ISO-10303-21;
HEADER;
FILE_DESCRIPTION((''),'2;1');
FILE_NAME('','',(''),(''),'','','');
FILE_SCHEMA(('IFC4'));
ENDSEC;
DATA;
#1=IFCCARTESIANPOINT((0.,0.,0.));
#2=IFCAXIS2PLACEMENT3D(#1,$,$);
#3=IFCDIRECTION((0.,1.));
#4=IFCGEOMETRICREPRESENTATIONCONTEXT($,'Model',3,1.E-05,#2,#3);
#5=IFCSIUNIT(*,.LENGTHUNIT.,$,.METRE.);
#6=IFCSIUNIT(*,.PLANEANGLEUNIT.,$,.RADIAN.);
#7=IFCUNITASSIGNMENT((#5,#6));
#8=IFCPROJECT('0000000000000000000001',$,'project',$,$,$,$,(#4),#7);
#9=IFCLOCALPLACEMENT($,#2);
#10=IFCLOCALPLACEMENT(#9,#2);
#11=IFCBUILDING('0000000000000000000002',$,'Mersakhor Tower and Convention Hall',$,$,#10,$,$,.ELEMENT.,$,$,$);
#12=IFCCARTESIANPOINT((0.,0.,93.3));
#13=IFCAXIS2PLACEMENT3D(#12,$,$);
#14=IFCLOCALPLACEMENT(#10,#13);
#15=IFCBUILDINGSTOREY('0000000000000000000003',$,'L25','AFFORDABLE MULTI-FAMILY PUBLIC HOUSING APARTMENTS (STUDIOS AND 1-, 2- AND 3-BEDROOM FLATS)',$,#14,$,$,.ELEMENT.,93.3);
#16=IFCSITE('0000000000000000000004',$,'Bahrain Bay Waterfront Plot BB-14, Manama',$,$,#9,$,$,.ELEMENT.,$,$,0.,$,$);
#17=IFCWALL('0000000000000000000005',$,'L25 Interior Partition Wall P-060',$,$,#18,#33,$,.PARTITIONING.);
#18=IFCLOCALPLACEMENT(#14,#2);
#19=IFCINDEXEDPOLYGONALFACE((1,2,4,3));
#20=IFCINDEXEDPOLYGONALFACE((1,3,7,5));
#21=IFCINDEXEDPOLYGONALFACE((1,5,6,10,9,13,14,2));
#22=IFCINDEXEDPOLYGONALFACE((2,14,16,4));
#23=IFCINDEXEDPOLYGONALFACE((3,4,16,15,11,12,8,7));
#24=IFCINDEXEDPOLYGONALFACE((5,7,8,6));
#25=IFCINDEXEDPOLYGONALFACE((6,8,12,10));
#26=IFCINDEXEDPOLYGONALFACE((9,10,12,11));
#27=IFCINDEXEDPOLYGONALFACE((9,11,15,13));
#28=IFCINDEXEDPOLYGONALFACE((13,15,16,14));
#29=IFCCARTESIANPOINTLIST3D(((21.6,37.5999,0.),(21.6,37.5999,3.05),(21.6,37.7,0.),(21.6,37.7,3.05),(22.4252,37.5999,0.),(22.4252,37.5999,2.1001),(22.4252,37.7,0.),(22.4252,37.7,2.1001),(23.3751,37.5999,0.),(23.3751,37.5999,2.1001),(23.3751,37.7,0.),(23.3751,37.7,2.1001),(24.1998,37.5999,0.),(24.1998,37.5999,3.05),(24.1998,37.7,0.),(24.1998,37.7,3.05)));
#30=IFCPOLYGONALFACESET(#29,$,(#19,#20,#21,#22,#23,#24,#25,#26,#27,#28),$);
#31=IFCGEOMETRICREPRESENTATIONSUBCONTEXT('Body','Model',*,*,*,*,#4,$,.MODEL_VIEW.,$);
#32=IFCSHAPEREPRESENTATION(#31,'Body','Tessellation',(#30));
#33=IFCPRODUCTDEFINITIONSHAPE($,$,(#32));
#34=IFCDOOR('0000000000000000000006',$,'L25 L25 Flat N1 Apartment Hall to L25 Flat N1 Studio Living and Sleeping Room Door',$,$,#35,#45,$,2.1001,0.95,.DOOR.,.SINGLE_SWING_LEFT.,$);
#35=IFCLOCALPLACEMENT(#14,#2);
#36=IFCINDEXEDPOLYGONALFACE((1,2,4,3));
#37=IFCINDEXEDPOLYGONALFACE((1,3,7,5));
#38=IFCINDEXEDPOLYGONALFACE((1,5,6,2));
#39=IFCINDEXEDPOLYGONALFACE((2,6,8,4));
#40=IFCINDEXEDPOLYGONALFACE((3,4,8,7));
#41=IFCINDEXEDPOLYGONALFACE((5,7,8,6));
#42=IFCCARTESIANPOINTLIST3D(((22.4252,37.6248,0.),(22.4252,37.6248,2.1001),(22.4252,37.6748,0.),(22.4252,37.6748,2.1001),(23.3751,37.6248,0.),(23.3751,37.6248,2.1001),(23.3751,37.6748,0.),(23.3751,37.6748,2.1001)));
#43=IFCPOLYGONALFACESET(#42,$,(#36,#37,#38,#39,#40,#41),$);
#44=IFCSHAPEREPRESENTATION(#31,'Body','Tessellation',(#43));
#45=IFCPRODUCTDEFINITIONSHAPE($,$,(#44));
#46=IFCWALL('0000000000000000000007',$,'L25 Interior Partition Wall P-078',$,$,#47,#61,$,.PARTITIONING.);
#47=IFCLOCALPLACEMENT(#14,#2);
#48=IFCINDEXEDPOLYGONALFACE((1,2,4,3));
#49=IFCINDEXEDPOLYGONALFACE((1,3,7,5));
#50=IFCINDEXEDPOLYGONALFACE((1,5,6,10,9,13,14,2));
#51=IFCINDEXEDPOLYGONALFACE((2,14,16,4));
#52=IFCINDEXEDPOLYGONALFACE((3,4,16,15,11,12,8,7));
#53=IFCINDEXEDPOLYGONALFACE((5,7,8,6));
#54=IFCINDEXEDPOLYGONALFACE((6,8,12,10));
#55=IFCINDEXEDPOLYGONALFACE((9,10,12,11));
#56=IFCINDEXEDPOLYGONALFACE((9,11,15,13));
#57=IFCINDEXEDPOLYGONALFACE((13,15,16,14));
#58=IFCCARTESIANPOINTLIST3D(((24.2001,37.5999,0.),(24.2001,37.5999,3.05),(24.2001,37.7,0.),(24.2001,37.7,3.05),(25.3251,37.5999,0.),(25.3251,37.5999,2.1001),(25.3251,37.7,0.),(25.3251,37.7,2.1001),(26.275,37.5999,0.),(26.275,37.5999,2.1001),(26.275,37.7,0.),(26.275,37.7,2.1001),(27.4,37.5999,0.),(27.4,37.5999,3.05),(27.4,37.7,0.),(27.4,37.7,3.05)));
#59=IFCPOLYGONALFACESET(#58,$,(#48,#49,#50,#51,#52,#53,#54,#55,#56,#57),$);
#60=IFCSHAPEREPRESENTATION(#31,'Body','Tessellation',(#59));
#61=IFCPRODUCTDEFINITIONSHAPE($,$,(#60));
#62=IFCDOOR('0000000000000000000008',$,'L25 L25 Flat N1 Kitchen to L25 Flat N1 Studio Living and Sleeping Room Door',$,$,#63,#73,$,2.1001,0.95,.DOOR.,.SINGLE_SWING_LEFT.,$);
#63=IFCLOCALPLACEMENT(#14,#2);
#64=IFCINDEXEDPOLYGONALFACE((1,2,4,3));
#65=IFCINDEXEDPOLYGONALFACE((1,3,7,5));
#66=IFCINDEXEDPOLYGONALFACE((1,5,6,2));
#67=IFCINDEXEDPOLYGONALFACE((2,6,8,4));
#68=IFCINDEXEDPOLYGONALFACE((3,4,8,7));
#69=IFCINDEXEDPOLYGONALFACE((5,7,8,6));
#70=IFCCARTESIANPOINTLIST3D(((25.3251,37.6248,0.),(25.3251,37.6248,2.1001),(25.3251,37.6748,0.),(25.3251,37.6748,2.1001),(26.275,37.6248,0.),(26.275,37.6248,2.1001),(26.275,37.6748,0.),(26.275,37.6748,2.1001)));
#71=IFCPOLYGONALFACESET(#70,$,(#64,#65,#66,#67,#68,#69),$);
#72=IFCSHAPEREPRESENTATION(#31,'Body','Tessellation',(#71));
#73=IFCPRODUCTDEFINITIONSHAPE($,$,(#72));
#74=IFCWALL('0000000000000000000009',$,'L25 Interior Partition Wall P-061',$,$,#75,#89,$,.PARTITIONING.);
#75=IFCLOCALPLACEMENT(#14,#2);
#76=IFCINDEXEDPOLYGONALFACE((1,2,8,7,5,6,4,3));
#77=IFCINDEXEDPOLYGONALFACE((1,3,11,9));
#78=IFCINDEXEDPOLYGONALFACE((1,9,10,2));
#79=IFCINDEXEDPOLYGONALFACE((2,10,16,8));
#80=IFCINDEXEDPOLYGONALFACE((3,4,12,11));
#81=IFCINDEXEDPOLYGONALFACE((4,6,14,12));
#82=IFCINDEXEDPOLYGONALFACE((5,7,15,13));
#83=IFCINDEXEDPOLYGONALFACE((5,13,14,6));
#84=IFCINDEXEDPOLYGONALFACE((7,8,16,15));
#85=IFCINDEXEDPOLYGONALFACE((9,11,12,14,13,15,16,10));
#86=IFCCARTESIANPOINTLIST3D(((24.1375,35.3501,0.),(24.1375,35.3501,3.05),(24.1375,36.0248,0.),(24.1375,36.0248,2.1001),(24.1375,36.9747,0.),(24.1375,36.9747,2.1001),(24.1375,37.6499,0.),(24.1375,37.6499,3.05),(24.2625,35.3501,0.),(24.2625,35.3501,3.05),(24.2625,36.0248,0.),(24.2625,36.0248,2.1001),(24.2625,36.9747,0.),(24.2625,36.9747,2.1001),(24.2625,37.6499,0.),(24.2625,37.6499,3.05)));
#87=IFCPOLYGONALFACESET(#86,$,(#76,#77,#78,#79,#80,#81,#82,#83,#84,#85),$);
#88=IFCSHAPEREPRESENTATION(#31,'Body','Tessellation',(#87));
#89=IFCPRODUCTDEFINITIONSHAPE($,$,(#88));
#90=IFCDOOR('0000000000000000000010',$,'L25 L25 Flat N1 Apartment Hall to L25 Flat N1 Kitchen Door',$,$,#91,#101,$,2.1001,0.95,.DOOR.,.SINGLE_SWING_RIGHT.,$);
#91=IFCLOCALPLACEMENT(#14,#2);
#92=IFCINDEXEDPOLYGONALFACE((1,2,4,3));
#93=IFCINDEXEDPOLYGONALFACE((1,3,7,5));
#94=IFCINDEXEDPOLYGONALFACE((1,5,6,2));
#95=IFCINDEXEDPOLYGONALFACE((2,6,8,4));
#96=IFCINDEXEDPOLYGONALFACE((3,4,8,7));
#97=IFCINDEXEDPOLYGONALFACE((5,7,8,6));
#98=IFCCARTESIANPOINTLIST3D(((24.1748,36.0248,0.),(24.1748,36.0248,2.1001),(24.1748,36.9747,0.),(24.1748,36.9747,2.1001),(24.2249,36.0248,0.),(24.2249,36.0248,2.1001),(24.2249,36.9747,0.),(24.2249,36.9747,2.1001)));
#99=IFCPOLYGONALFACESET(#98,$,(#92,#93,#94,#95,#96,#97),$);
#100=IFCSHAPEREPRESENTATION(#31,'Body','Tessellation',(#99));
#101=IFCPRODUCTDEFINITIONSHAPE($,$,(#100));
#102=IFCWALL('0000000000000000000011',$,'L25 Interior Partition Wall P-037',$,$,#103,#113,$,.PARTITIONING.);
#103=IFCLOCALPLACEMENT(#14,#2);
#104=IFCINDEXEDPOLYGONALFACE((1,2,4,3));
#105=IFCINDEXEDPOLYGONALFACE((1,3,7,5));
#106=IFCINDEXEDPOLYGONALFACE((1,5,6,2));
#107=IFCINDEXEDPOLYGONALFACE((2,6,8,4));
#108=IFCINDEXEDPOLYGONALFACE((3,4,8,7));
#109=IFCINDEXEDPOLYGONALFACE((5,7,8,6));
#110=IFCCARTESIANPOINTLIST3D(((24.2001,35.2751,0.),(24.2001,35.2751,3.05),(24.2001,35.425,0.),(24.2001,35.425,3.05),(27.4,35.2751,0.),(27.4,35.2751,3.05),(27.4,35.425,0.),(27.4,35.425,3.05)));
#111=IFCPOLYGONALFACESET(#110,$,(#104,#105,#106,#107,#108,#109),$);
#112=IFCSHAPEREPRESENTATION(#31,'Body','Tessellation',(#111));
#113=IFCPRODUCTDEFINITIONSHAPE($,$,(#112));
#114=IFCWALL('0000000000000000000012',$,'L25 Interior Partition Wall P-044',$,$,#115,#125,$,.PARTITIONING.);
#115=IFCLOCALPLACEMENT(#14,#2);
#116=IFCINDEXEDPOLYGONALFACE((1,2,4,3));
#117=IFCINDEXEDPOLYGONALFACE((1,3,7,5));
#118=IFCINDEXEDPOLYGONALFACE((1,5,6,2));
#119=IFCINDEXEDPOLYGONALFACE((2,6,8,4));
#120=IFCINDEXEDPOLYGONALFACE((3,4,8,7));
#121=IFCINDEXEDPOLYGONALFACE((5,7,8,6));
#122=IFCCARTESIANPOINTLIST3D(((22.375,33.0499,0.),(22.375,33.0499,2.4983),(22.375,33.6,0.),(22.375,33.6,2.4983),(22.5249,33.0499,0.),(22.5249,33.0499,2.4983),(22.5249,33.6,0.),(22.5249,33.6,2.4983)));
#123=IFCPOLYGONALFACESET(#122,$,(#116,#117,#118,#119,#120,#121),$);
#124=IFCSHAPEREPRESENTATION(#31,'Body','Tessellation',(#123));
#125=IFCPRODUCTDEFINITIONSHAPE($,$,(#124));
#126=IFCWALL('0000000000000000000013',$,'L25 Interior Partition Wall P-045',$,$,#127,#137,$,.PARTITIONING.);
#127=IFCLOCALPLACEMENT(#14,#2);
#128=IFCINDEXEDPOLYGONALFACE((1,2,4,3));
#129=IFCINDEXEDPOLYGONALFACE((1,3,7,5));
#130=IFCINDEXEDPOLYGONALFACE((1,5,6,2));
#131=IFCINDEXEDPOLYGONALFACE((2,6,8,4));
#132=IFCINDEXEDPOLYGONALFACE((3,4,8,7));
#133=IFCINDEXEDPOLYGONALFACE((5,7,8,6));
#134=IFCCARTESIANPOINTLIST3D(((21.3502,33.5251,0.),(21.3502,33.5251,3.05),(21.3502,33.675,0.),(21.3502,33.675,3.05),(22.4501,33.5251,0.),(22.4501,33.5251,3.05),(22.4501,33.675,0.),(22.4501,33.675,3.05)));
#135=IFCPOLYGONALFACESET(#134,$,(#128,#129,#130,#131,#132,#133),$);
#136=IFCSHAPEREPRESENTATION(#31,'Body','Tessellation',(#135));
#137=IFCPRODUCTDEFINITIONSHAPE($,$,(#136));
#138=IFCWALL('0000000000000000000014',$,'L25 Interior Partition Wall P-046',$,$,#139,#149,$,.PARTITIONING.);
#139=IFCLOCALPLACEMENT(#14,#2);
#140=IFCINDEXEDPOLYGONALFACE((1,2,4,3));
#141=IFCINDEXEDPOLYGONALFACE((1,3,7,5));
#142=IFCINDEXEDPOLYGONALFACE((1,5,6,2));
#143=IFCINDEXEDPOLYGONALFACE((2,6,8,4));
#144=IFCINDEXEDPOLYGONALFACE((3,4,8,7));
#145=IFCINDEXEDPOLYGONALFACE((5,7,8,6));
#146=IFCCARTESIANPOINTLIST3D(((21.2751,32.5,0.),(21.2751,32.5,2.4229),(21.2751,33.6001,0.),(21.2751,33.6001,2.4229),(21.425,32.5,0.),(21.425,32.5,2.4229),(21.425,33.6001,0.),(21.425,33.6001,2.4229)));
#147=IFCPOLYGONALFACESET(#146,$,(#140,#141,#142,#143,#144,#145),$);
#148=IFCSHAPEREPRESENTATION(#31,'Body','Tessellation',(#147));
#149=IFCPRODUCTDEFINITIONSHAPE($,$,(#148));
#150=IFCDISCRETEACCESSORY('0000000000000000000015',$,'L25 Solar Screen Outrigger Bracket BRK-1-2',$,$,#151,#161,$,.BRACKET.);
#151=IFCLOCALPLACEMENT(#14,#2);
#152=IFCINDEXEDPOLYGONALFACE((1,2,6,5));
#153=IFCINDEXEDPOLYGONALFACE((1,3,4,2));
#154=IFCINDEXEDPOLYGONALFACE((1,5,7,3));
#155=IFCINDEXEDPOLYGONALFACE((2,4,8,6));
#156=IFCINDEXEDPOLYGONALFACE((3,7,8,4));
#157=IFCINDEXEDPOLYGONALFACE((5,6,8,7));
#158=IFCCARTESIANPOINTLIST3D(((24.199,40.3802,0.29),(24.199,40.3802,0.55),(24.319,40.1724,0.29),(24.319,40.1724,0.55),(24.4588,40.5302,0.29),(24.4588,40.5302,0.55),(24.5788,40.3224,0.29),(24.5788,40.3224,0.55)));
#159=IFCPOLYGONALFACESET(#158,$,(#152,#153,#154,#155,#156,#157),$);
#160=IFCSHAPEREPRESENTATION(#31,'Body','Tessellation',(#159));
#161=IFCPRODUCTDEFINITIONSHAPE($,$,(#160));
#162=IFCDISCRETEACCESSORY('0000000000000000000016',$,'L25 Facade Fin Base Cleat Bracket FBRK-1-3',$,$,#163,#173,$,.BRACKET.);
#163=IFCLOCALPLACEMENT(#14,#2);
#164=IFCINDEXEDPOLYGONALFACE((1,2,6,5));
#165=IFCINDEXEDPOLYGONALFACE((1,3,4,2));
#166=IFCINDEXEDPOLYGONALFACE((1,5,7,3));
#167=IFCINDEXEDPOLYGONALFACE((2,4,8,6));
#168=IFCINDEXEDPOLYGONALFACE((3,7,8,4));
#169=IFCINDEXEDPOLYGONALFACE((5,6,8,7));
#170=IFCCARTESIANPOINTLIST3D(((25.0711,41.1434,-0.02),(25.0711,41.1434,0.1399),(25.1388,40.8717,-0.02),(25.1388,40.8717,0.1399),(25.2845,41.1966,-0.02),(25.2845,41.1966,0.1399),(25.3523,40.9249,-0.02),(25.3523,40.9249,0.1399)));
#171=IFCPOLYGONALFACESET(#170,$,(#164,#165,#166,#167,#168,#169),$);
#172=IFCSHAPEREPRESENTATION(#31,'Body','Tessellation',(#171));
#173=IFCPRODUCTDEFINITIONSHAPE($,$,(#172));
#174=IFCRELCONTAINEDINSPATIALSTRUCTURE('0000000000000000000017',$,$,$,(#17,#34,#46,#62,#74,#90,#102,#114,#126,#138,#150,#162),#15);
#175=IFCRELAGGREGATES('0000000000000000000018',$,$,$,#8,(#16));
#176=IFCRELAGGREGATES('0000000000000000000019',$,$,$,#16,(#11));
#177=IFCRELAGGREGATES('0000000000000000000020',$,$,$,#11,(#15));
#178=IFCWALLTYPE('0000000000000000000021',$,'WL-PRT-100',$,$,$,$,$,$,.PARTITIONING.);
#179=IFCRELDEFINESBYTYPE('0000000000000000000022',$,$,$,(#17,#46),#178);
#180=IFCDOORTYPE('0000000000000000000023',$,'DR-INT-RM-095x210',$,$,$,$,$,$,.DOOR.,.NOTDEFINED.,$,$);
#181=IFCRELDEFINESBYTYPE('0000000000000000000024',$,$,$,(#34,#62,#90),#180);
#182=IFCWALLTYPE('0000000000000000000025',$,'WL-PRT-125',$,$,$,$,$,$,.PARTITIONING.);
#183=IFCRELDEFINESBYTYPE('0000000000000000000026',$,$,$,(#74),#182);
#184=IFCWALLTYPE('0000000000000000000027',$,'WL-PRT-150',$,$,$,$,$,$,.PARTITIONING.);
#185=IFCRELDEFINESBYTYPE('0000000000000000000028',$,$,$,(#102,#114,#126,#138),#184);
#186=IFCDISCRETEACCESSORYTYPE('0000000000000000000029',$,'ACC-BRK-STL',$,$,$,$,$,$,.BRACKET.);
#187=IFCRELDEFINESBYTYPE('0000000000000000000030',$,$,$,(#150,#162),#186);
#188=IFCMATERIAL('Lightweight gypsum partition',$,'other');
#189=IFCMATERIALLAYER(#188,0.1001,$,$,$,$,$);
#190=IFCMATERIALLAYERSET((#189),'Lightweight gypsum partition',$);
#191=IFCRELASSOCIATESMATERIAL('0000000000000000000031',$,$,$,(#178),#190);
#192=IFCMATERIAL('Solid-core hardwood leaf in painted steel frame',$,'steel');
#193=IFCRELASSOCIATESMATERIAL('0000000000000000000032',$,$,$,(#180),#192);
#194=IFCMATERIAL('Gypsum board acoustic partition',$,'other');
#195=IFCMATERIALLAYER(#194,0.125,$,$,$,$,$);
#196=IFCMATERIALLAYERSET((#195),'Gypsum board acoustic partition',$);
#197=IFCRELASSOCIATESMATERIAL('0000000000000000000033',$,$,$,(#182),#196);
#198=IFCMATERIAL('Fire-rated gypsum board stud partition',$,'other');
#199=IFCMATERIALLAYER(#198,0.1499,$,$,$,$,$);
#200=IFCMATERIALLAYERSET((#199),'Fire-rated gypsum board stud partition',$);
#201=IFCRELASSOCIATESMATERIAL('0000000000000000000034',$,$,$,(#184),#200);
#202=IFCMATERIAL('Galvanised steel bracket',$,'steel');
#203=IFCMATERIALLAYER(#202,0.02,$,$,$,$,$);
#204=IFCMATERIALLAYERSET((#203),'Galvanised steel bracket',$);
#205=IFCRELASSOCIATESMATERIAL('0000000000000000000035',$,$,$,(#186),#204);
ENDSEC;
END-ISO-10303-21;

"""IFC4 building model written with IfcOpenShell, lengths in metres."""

from ifc_helpers import new_model, si_unit, direction, frame, frame_2d, origin, origin_2d, place, context, subcontext, project, spatial, rectangle, extrude, material, layer, layer_set, type_object, element, fill, save


model = new_model("IFC4")

# Units and contexts
model_context = context("Model", 3, precision=1e-05, world=origin(), true_north=direction((0.0, 1.0)))
body_context = subcontext(model_context, "Body", "Model", "MODEL_VIEW")
ifc_project = project(units=[si_unit("LENGTHUNIT", "METRE"), si_unit("PLANEANGLEUNIT", "RADIAN")], contexts=[model_context])

# Site, building, storey
site_placement = place(None, origin())
site = spatial("IfcSite", under=ifc_project, at=site_placement, Name="Bahrain Bay Waterfront Plot BB-14, Manama", CompositionType="ELEMENT", RefElevation=0.0)
building_placement = place(site_placement, origin())
building = spatial("IfcBuilding", under=site, at=building_placement, Name="Mersakhor Tower and Convention Hall", CompositionType="ELEMENT")
storey_placement = place(building_placement, frame((0.0, 0.0, 93.3)))
storey = spatial("IfcBuildingStorey", under=building, at=storey_placement, Name="L25", Description="AFFORDABLE MULTI-FAMILY PUBLIC HOUSING APARTMENTS (STUDIOS AND 1-, 2- AND 3-BEDROOM FLATS)", CompositionType="ELEMENT", Elevation=93.3)

# Walls, openings, doors
ifc_material_1 = material(Name="Lightweight gypsum partition", Category="other")
ifc_layer_1 = layer(ifc_material_1, 0.1001)
ifc_layer_set_1 = layer_set([ifc_layer_1], Name="Lightweight gypsum partition")
wall_type_1 = type_object("IfcWallType", Name="WL-PRT-100", PredefinedType="PARTITIONING", material=ifc_layer_set_1)
wall_1_placement = place(storey_placement, frame((21.6001, 37.6499, 0.0), z_axis=(0.0, 0.0, 1.0), x_axis=(1.0, 0.0, 0.0)))
wall_1 = element("IfcWall", 1, at=wall_1_placement, inside=storey, type_object=wall_type_1, Name="L25 Interior Partition Wall P-060", PredefinedType="PARTITIONING", context=body_context, shape_type="SweptSolid", body=[
    extrude(rectangle(XDim=2.5999, YDim=0.1001, at=frame_2d((1.2998, 0.0))), origin(), (0.0, 0.0, 1.0), 3.05),
])
opening_1_placement = place(wall_1_placement, frame((0.825, 0.0, 0.0)))
opening_1 = element("IfcOpeningElement", 2, at=opening_1_placement, cuts=wall_1, PredefinedType="OPENING", context=body_context, shape_type="SweptSolid", body=[
    extrude(rectangle(XDim=0.95, YDim=2.1001, at=frame_2d((0.4751, 1.05))), frame((0.0, 0.0601, 0.0), z_axis=(0.0, -1.0, 0.0), x_axis=(1.0, 0.0, 0.0)), (0.0, 0.0, 1.0), 0.1201),
])
ifc_material_2 = material(Name="Solid-core hardwood leaf in painted steel frame", Category="steel")
door_type_1 = type_object("IfcDoorType", Name="DR-INT-RM-095x210", OperationType="NOTDEFINED", PredefinedType="DOOR", material=ifc_material_2)
door_1_placement = place(opening_1_placement, origin())
door_1 = element("IfcDoor", 3, at=door_1_placement, inside=storey, type_object=door_type_1, Name="L25 L25 Flat N1 Apartment Hall to L25 Flat N1 Studio Living and Sleeping Room Door", OperationType="SINGLE_SWING_LEFT", OverallHeight=2.1001, OverallWidth=0.95, PredefinedType="DOOR", context=body_context, shape_type="SweptSolid", body=[
    extrude(rectangle(XDim=0.95, YDim=2.1001, at=frame_2d((0.4751, 1.05))), frame((0.0, 0.0249, 0.0), z_axis=(0.0, -1.0, 0.0), x_axis=(1.0, 0.0, 0.0)), (0.0, 0.0, 1.0), 0.05),
])
fill(opening_1, door_1)
wall_2_placement = place(storey_placement, frame((24.2, 37.6499, 0.0), z_axis=(0.0, 0.0, 1.0), x_axis=(1.0, 0.0, 0.0)))
wall_2 = element("IfcWall", 4, at=wall_2_placement, inside=storey, type_object=wall_type_1, Name="L25 Interior Partition Wall P-078", PredefinedType="PARTITIONING", context=body_context, shape_type="SweptSolid", body=[
    extrude(rectangle(XDim=3.2, YDim=0.1001, at=frame_2d((1.6001, 0.0))), origin(), (0.0, 0.0, 1.0), 3.05),
])
opening_2_placement = place(wall_2_placement, frame((1.125, 0.0, 0.0)))
opening_2 = element("IfcOpeningElement", 5, at=opening_2_placement, cuts=wall_2, PredefinedType="OPENING", context=body_context, shape_type="SweptSolid", body=[
    extrude(rectangle(XDim=0.95, YDim=2.1001, at=frame_2d((0.4751, 1.05))), frame((0.0, 0.0601, 0.0), z_axis=(0.0, -1.0, 0.0), x_axis=(1.0, 0.0, 0.0)), (0.0, 0.0, 1.0), 0.1201),
])
door_2_placement = place(opening_2_placement, origin())
door_2 = element("IfcDoor", 6, at=door_2_placement, inside=storey, type_object=door_type_1, Name="L25 L25 Flat N1 Kitchen to L25 Flat N1 Studio Living and Sleeping Room Door", OperationType="SINGLE_SWING_LEFT", OverallHeight=2.1001, OverallWidth=0.95, PredefinedType="DOOR", context=body_context, shape_type="SweptSolid", body=[
    extrude(rectangle(XDim=0.95, YDim=2.1001, at=frame_2d((0.4751, 1.05))), frame((0.0, 0.0249, 0.0), z_axis=(0.0, -1.0, 0.0), x_axis=(1.0, 0.0, 0.0)), (0.0, 0.0, 1.0), 0.05),
])
fill(opening_2, door_2)
ifc_material_3 = material(Name="Gypsum board acoustic partition", Category="other")
ifc_layer_2 = layer(ifc_material_3, 0.125)
ifc_layer_set_2 = layer_set([ifc_layer_2], Name="Gypsum board acoustic partition")
wall_type_2 = type_object("IfcWallType", Name="WL-PRT-125", PredefinedType="PARTITIONING", material=ifc_layer_set_2)
wall_3_placement = place(storey_placement, frame((24.2, 37.6499, 0.0), z_axis=(0.0, 0.0, 1.0), x_axis=(0.0, -1.0, 0.0)))
wall_3 = element("IfcWall", 7, at=wall_3_placement, inside=storey, type_object=wall_type_2, Name="L25 Interior Partition Wall P-061", PredefinedType="PARTITIONING", context=body_context, shape_type="SweptSolid", body=[
    extrude(rectangle(XDim=2.2998, YDim=0.125, at=frame_2d((1.1499, 0.0))), origin(), (0.0, 0.0, 1.0), 3.05),
])
opening_3_placement = place(wall_3_placement, frame((0.675, 0.0, 0.0)))
opening_3 = element("IfcOpeningElement", 8, at=opening_3_placement, cuts=wall_3, PredefinedType="OPENING", context=body_context, shape_type="SweptSolid", body=[
    extrude(rectangle(XDim=0.95, YDim=2.1001, at=frame_2d((0.4751, 1.05))), frame((0.0, 0.0725, 0.0), z_axis=(0.0, -1.0, 0.0), x_axis=(1.0, 0.0, 0.0)), (0.0, 0.0, 1.0), 0.145),
])
door_3_placement = place(opening_3_placement, origin())
door_3 = element("IfcDoor", 9, at=door_3_placement, inside=storey, type_object=door_type_1, Name="L25 L25 Flat N1 Apartment Hall to L25 Flat N1 Kitchen Door", OperationType="SINGLE_SWING_RIGHT", OverallHeight=2.1001, OverallWidth=0.95, PredefinedType="DOOR", context=body_context, shape_type="SweptSolid", body=[
    extrude(rectangle(XDim=0.95, YDim=2.1001, at=frame_2d((0.4751, 1.05))), frame((0.0, 0.0249, 0.0), z_axis=(0.0, -1.0, 0.0), x_axis=(1.0, 0.0, 0.0)), (0.0, 0.0, 1.0), 0.05),
])
fill(opening_3, door_3)
ifc_material_4 = material(Name="Fire-rated gypsum board stud partition", Category="other")
ifc_layer_3 = layer(ifc_material_4, 0.1499)
ifc_layer_set_3 = layer_set([ifc_layer_3], Name="Fire-rated gypsum board stud partition")
wall_type_3 = type_object("IfcWallType", Name="WL-PRT-150", PredefinedType="PARTITIONING", material=ifc_layer_set_3)

# Walls
wall_4_placement = place(storey_placement, frame((24.2, 35.3501, 0.0), z_axis=(0.0, 0.0, 1.0), x_axis=(1.0, 0.0, 0.0)))
element("IfcWall", 10, at=wall_4_placement, inside=storey, type_object=wall_type_3, Name="L25 Interior Partition Wall P-037", PredefinedType="PARTITIONING", context=body_context, shape_type="SweptSolid", body=[
    extrude(rectangle(XDim=3.2, YDim=0.1499, at=frame_2d((1.6001, 0.0))), origin(), (0.0, 0.0, 1.0), 3.05),
])
wall_5_placement = place(storey_placement, frame((22.45, 33.05, 0.0), z_axis=(0.0, 0.0, 1.0), x_axis=(0.0, 1.0, 0.0)))
element("IfcWall", 11, at=wall_5_placement, inside=storey, type_object=wall_type_3, Name="L25 Interior Partition Wall P-044", PredefinedType="PARTITIONING", context=body_context, shape_type="SweptSolid", body=[
    extrude(rectangle(XDim=0.55, YDim=0.1499, at=frame_2d((0.2749, 0.0))), origin(), (0.0, 0.0, 1.0), 2.4983),
])
wall_6_placement = place(storey_placement, frame((22.45, 33.6001, 0.0), z_axis=(0.0, 0.0, 1.0), x_axis=(-1.0, 0.0, 0.0)))
element("IfcWall", 12, at=wall_6_placement, inside=storey, type_object=wall_type_3, Name="L25 Interior Partition Wall P-045", PredefinedType="PARTITIONING", context=body_context, shape_type="SweptSolid", body=[
    extrude(rectangle(XDim=1.0999, YDim=0.1499, at=frame_2d((0.5498, 0.0))), origin(), (0.0, 0.0, 1.0), 3.05),
])
wall_7_placement = place(storey_placement, frame((21.3501, 33.6001, 0.0), z_axis=(0.0, 0.0, 1.0), x_axis=(0.0, -1.0, 0.0)))
element("IfcWall", 13, at=wall_7_placement, inside=storey, type_object=wall_type_3, Name="L25 Interior Partition Wall P-046", PredefinedType="PARTITIONING", context=body_context, shape_type="SweptSolid", body=[
    extrude(rectangle(XDim=1.1001, YDim=0.1499, at=frame_2d((0.55, 0.0))), origin(), (0.0, 0.0, 1.0), 2.4229),
])

# Discrete accessories
ifc_material_5 = material(Name="Galvanised steel bracket", Category="steel")
ifc_layer_4 = layer(ifc_material_5, 0.02)
ifc_layer_set_4 = layer_set([ifc_layer_4], Name="Galvanised steel bracket")
discrete_accessory_type = type_object("IfcDiscreteAccessoryType", Name="ACC-BRK-STL", PredefinedType="BRACKET", material=ifc_layer_set_4)
discrete_accessory_1_placement = place(storey_placement, frame((24.3889, 40.3513, 0.29), z_axis=(0.0, 0.0, 1.0), x_axis=(0.866025, 0.5, 0.0)))
element("IfcDiscreteAccessory", 14, at=discrete_accessory_1_placement, inside=storey, type_object=discrete_accessory_type, Name="L25 Solar Screen Outrigger Bracket BRK-1-2", PredefinedType="BRACKET", context=body_context, shape_type="SweptSolid", body=[
    extrude(rectangle(XDim=0.3, YDim=0.24, at=origin_2d()), origin(), (0.0, 0.0, 1.0), 0.26),
])
discrete_accessory_2_placement = place(storey_placement, frame((25.2117, 41.0342, -0.02), z_axis=(0.0, 0.0, 1.0), x_axis=(-0.241922, 0.970296, 0.0)))
element("IfcDiscreteAccessory", 15, at=discrete_accessory_2_placement, inside=storey, type_object=discrete_accessory_type, Name="L25 Facade Fin Base Cleat Bracket FBRK-1-3", PredefinedType="BRACKET", context=body_context, shape_type="SweptSolid", body=[
    extrude(rectangle(XDim=0.28, YDim=0.22, at=origin_2d()), origin(), (0.0, 0.0, 1.0), 0.1599),
])

save(model, "model.ifc")
